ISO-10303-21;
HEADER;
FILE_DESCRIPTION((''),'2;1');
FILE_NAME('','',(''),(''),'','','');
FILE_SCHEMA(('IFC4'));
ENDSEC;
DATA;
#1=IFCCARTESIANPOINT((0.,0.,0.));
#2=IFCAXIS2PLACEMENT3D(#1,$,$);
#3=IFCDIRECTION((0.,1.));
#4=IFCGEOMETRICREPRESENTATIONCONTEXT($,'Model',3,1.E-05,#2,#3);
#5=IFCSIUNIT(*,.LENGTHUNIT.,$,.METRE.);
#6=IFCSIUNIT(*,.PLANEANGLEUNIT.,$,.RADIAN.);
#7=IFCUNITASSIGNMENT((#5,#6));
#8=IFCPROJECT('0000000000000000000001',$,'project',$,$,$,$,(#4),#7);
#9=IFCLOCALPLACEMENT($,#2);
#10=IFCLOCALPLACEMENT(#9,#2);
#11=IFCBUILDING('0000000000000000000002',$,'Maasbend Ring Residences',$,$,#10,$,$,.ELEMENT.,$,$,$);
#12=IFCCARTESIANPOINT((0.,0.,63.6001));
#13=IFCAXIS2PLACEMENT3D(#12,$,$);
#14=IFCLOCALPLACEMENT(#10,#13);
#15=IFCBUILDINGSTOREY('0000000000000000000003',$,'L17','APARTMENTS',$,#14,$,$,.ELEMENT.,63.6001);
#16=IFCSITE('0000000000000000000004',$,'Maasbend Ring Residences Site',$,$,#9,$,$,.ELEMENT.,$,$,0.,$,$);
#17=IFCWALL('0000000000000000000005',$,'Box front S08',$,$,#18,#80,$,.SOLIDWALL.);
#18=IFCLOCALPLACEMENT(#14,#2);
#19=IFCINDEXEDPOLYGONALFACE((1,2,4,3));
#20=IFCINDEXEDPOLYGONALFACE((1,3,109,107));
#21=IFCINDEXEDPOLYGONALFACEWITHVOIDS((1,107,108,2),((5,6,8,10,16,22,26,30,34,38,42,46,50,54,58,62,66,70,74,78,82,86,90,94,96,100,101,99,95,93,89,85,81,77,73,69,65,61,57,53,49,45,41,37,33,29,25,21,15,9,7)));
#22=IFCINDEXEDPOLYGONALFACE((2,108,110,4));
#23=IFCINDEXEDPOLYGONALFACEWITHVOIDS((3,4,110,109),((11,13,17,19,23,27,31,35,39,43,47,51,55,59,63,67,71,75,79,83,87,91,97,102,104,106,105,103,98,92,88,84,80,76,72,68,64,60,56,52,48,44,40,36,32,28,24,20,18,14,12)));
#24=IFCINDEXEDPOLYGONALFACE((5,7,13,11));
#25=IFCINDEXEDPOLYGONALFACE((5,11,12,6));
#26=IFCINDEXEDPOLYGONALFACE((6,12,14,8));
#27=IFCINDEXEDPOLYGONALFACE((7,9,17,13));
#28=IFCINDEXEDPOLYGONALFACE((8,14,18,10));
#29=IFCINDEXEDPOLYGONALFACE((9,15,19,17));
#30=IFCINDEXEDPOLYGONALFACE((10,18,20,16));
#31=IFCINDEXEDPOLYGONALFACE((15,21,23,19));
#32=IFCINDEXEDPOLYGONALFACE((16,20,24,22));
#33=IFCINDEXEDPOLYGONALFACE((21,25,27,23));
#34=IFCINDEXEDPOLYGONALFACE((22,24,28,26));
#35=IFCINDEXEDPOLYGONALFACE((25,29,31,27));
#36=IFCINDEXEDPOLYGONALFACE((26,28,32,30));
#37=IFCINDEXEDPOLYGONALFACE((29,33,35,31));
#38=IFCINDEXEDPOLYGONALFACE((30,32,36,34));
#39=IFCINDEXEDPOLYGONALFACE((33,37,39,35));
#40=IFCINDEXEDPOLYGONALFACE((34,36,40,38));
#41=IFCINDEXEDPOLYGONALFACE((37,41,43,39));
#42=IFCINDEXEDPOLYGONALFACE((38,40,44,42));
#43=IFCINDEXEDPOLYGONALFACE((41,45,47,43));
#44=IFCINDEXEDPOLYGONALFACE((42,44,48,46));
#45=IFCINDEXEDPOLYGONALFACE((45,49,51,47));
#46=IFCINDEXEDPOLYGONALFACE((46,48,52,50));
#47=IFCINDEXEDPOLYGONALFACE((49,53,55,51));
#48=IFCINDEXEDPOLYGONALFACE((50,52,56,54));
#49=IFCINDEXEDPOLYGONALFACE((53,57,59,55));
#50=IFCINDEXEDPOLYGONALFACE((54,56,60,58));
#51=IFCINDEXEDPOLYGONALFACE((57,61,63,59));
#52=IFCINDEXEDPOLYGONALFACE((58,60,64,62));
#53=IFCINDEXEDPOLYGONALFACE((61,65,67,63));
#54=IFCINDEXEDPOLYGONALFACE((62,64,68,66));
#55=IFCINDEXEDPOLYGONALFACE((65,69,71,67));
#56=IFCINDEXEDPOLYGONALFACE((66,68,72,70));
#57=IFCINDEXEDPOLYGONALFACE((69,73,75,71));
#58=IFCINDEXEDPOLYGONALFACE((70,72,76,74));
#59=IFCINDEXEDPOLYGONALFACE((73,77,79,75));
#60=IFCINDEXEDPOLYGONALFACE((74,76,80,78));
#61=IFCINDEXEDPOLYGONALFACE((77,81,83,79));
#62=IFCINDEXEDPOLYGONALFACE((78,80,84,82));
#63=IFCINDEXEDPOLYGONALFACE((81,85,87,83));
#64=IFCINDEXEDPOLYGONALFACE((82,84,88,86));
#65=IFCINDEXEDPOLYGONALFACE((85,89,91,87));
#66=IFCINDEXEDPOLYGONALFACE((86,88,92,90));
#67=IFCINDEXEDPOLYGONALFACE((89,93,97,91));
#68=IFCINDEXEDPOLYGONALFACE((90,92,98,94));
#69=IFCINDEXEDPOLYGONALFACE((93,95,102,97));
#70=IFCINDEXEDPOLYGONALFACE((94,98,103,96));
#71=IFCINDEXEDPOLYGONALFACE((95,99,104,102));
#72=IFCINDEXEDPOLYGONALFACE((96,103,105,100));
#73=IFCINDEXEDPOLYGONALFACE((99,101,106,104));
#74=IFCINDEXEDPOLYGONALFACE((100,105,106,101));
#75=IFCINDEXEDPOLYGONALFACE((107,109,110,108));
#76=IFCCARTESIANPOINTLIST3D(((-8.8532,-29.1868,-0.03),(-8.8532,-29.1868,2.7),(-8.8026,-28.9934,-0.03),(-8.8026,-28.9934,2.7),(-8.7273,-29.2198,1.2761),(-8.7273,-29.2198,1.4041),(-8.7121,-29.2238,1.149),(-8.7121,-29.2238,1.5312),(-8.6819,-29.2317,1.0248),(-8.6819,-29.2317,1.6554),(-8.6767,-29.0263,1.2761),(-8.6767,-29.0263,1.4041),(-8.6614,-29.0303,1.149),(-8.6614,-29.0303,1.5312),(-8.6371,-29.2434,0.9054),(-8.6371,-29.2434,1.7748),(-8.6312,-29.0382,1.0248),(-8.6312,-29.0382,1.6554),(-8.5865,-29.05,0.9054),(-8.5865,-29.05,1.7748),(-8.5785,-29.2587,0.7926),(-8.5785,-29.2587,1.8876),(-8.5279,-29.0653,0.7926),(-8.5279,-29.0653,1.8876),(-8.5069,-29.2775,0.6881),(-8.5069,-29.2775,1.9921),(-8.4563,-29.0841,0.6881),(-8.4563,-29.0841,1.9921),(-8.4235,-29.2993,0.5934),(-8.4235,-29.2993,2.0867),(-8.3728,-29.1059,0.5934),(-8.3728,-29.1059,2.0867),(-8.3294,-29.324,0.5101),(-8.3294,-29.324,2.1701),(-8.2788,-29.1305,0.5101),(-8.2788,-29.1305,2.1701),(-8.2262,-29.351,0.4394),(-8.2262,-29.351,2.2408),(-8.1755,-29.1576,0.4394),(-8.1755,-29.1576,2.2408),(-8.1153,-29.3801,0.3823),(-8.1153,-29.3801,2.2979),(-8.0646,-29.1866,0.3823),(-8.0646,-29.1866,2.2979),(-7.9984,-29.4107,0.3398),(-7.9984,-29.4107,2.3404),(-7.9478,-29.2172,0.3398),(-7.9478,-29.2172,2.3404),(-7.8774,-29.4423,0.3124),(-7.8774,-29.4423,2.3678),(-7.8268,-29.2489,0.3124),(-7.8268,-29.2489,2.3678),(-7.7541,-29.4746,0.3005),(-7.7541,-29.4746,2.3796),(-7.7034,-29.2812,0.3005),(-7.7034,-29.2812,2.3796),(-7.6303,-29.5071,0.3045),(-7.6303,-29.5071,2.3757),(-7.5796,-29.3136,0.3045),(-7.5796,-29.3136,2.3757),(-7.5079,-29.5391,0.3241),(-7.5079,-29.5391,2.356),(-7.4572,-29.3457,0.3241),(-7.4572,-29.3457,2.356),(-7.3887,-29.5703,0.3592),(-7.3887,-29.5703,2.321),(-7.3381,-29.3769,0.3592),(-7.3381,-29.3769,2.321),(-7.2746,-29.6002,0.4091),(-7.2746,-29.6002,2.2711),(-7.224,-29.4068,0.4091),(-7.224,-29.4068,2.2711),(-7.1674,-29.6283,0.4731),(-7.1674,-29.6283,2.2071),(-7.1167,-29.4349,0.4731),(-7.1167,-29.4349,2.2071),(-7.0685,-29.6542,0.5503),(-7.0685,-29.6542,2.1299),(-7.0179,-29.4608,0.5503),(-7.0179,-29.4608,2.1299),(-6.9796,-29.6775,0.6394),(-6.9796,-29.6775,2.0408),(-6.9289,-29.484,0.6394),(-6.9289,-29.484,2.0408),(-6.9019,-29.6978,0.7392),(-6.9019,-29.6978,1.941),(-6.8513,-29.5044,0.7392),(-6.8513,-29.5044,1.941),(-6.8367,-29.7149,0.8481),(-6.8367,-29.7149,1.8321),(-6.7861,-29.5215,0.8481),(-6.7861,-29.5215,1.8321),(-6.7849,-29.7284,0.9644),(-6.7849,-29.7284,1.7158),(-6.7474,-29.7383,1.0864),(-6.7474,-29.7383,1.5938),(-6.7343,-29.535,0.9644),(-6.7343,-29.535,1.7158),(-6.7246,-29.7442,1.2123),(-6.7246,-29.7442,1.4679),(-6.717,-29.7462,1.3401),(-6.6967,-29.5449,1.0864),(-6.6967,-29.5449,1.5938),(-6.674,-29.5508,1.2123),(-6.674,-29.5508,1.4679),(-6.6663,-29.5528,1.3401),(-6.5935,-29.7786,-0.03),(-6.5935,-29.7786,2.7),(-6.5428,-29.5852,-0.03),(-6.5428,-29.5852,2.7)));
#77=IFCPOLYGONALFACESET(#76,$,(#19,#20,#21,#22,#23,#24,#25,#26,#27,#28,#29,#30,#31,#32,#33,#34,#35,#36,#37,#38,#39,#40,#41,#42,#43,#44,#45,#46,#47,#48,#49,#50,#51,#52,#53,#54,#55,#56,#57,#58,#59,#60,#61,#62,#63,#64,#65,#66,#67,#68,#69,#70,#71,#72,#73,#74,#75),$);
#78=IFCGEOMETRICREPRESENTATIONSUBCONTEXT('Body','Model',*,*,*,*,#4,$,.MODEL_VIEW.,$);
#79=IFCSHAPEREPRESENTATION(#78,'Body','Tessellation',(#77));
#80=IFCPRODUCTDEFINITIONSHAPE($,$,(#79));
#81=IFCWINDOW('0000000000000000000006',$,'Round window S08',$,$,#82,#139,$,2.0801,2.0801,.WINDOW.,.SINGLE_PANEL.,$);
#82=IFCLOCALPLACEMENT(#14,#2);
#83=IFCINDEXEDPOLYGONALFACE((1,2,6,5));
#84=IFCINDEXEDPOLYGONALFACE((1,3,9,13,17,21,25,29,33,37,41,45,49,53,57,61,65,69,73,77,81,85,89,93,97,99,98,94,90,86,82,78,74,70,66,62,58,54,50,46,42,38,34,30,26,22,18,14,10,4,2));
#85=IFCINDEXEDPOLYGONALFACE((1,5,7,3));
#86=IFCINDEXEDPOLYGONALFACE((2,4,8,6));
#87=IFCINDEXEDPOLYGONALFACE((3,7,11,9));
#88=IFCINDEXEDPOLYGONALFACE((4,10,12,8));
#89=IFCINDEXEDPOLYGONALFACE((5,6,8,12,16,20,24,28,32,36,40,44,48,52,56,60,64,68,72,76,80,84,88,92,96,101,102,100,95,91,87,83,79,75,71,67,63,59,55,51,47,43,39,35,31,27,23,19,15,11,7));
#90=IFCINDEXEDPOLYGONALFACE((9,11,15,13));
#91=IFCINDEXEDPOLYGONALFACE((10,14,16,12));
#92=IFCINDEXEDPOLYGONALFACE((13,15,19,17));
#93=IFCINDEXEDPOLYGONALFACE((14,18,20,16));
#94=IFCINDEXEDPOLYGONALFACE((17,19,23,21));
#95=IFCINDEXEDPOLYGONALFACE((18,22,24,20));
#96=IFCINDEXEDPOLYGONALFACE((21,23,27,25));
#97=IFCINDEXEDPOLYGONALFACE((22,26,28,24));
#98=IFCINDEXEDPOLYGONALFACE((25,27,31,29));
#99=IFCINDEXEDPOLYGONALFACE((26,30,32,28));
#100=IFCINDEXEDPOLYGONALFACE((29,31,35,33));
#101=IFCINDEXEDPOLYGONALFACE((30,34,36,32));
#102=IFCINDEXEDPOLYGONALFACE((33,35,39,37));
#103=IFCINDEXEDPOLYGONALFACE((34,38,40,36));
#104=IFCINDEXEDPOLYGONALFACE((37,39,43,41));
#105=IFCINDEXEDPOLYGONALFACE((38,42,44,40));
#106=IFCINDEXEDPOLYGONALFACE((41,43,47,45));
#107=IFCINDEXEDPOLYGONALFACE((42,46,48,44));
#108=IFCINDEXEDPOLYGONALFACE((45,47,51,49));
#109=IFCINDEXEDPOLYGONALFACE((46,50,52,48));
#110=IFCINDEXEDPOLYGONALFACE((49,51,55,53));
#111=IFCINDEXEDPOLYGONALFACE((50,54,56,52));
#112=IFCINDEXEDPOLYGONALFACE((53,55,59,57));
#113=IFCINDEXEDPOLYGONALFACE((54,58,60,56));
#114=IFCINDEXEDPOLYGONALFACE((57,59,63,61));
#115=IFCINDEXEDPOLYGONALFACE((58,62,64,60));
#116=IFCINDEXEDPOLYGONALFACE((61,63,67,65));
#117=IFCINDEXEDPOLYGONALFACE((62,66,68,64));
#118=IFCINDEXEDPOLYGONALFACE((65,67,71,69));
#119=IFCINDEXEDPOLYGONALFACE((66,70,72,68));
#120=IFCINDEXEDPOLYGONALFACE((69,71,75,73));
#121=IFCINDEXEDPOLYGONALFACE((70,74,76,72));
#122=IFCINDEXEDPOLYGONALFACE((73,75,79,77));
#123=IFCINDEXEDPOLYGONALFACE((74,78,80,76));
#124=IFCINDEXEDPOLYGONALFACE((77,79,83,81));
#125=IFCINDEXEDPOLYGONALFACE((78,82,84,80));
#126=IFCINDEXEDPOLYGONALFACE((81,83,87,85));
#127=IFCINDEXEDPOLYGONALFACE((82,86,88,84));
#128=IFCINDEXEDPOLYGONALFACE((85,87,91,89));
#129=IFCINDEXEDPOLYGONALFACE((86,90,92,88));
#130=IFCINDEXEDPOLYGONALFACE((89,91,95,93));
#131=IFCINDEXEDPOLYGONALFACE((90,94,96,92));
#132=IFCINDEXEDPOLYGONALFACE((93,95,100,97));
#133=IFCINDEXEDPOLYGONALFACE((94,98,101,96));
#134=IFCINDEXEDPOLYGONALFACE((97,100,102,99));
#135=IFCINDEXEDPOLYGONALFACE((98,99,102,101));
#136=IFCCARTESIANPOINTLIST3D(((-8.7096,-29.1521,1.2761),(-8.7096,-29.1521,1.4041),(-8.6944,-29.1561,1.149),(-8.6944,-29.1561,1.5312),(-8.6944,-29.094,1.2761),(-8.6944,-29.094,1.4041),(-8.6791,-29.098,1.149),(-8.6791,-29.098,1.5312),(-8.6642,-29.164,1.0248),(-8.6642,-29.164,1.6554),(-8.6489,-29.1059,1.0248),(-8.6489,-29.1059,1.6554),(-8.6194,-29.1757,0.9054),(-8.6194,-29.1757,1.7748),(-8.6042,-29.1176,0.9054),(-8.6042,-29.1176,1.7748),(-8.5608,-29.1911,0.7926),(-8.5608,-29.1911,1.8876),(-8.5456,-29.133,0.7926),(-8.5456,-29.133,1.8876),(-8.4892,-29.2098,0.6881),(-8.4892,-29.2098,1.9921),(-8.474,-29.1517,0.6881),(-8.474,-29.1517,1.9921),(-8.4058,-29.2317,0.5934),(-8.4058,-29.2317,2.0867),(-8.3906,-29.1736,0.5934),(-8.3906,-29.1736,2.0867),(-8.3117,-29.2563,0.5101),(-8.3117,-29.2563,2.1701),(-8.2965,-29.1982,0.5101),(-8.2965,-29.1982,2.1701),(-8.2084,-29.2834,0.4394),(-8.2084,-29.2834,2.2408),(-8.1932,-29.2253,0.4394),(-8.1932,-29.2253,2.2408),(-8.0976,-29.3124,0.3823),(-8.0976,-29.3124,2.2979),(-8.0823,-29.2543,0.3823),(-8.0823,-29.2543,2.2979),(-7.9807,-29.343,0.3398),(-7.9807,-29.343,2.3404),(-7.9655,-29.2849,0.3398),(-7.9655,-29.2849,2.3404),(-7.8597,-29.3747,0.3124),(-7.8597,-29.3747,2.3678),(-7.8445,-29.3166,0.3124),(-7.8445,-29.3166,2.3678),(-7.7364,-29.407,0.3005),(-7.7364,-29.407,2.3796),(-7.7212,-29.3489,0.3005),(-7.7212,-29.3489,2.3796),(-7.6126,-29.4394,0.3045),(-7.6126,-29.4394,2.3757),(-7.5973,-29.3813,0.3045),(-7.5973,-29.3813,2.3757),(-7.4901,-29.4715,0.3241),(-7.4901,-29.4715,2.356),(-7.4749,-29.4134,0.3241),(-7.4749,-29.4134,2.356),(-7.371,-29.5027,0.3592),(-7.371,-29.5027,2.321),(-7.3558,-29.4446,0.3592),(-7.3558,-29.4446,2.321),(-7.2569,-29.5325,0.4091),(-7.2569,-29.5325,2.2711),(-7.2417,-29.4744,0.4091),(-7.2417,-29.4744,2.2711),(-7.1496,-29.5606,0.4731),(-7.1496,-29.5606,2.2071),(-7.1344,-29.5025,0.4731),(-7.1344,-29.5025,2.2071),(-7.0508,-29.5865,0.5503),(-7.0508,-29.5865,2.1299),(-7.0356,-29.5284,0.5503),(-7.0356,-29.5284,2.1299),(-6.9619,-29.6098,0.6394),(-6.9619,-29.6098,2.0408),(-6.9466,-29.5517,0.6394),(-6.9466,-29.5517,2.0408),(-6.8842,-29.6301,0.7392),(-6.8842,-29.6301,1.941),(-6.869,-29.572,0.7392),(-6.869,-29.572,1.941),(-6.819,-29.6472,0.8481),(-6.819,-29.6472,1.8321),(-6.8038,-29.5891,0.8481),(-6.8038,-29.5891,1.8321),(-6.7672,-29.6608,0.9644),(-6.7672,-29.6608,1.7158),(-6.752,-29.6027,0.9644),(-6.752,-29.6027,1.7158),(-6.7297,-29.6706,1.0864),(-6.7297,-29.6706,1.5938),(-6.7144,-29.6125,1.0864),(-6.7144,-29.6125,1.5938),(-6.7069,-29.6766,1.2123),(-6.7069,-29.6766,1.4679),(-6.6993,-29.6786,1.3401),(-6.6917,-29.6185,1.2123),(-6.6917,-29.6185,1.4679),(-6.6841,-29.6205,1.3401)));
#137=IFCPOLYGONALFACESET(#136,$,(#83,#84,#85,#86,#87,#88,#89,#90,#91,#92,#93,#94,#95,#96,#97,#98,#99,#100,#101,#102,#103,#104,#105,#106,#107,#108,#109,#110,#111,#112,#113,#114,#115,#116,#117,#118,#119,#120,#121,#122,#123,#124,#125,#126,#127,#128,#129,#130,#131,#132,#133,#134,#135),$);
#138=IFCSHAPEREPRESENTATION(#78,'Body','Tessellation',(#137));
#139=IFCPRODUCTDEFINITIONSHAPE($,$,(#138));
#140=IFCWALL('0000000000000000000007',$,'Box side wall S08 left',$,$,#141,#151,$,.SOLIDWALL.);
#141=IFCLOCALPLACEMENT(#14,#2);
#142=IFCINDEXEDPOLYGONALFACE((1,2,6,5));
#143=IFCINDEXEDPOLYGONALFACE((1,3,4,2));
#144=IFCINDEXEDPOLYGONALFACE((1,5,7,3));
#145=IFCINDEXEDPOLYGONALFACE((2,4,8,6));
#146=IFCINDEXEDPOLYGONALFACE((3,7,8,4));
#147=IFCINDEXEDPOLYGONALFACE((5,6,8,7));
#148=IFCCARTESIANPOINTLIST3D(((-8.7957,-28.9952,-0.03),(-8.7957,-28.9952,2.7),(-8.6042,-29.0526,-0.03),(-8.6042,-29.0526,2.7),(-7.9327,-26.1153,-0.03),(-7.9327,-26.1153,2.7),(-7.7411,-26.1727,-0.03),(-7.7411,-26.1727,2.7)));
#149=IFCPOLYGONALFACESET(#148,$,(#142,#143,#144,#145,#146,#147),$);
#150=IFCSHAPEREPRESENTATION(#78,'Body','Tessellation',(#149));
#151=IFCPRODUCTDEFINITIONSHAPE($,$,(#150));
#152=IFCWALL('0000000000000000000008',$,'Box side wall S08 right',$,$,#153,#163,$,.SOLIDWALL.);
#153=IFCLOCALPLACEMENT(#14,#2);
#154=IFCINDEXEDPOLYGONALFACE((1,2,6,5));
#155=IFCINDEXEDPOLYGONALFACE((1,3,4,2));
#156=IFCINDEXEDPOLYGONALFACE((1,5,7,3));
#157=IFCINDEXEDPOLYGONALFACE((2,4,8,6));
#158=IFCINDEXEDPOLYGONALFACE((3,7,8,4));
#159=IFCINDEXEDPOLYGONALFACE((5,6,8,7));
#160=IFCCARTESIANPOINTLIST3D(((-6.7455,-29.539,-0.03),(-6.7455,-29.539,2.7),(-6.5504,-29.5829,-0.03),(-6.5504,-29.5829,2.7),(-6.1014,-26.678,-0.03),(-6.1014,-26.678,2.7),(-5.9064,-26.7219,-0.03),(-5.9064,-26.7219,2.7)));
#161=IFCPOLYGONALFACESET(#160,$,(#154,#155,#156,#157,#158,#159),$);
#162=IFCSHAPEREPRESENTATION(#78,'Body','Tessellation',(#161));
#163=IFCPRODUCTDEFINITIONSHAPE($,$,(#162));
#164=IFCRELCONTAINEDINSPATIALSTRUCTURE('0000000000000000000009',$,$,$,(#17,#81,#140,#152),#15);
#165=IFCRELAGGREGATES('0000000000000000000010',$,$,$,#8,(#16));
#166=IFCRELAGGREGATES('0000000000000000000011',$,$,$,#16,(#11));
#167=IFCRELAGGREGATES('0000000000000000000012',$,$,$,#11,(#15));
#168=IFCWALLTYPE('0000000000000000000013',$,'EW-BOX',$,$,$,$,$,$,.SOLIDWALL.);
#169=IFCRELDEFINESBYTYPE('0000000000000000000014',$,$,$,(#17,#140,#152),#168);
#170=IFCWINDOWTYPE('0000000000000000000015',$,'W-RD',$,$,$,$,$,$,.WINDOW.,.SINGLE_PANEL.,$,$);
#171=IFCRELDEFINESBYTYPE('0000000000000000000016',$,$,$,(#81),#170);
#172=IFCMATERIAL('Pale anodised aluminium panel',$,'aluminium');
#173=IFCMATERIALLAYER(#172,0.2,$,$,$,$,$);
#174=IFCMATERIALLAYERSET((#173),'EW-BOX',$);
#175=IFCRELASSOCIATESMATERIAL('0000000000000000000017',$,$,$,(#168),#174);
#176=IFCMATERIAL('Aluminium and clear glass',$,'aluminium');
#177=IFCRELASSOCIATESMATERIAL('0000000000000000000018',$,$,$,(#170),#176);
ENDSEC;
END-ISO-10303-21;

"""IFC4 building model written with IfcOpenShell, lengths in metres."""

from ifc_helpers import new_model, si_unit, direction, frame, frame_2d, origin, place, context, subcontext, project, spatial, rectangle, circle, extrude, material, layer, layer_set, type_object, element, fill, save


model = new_model("IFC4")

# Units and contexts
model_context = context("Model", 3, precision=1e-05, world=origin(), true_north=direction((0.0, 1.0)))
body_context = subcontext(model_context, "Body", "Model", "MODEL_VIEW")
ifc_project = project(units=[si_unit("LENGTHUNIT", "METRE"), si_unit("PLANEANGLEUNIT", "RADIAN")], contexts=[model_context])

# Site, building, storey
site_placement = place(None, origin())
site = spatial("IfcSite", under=ifc_project, at=site_placement, Name="Maasbend Ring Residences Site", CompositionType="ELEMENT", RefElevation=0.0)
building_placement = place(site_placement, origin())
building = spatial("IfcBuilding", under=site, at=building_placement, Name="Maasbend Ring Residences", CompositionType="ELEMENT")
storey_placement = place(building_placement, frame((0.0, 0.0, 63.6001)))
storey = spatial("IfcBuildingStorey", under=building, at=storey_placement, Name="L17", Description="APARTMENTS", CompositionType="ELEMENT", Elevation=63.6001)

# Wall, opening, window
ifc_material_1 = material(Name="Pale anodised aluminium panel", Category="aluminium")
ifc_layer_1 = layer(ifc_material_1, 0.2)
ifc_layer_set_1 = layer_set([ifc_layer_1], Name="EW-BOX")
wall_type_1 = type_object("IfcWallType", Name="EW-BOX", PredefinedType="SOLIDWALL", material=ifc_layer_set_1)
wall_1_placement = place(storey_placement, frame((-8.8279, -29.0901, -0.03), z_axis=(0.0, 0.0, 1.0), x_axis=(0.967377, -0.253341, 0.0)))
wall_1 = element("IfcWall", 1, at=wall_1_placement, inside=storey, type_object=wall_type_1, Name="Box front S08", PredefinedType="SOLIDWALL", context=body_context, shape_type="SweptSolid", body=[
    extrude(rectangle(XDim=2.3359, YDim=0.2, at=frame_2d((1.168, 0.0))), origin(), (0.0, 0.0, 1.0), 2.73),
])
opening_1_placement = place(wall_1_placement, frame((0.1282, 0.0, 0.3301)))
opening_1 = element("IfcOpeningElement", 2, at=opening_1_placement, cuts=wall_1, PredefinedType="OPENING", context=body_context, shape_type="SweptSolid", body=[
    extrude(circle(Radius=1.04, at=frame_2d((1.04, 1.04))), frame((0.0, 0.1099, 0.0), z_axis=(0.0, -1.0, 0.0), x_axis=(1.0, 0.0, 0.0)), (0.0, 0.0, 1.0), 0.22),
])
ifc_material_2 = material(Name="Aluminium and clear glass", Category="aluminium")
window_type_1 = type_object("IfcWindowType", Name="W-RD", PartitioningType="SINGLE_PANEL", PredefinedType="WINDOW", material=ifc_material_2)
window_1_placement = place(opening_1_placement, origin())
window_1 = element("IfcWindow", 3, at=window_1_placement, inside=storey, type_object=window_type_1, Name="Round window S08", OverallHeight=2.0801, OverallWidth=2.0801, PartitioningType="SINGLE_PANEL", PredefinedType="WINDOW", context=body_context, shape_type="SweptSolid", body=[
    extrude(circle(Radius=1.04, at=frame_2d((1.04, 1.04))), frame((0.0, 0.03, 0.0), z_axis=(0.0, -1.0, 0.0), x_axis=(1.0, 0.0, 0.0)), (0.0, 0.0, 1.0), 0.0601),
])
fill(opening_1, window_1)

# Walls
wall_2_placement = place(storey_placement, frame((-7.8369, -26.144, -0.03), z_axis=(0.0, 0.0, 1.0), x_axis=(-0.287065, -0.957911, 0.0)))
element("IfcWall", 4, at=wall_2_placement, inside=storey, type_object=wall_type_1, Name="Box side wall S08 left", PredefinedType="SOLIDWALL", context=body_context, shape_type="SweptSolid", body=[
    extrude(rectangle(XDim=3.0063, YDim=0.2, at=frame_2d((1.5032, 0.0))), origin(), (0.0, 0.0, 1.0), 2.73),
])
wall_3_placement = place(storey_placement, frame((-6.0039, -26.7, -0.03), z_axis=(0.0, 0.0, 1.0), x_axis=(-0.219609, -0.975588, 0.0)))
element("IfcWall", 5, at=wall_3_placement, inside=storey, type_object=wall_type_1, Name="Box side wall S08 right", PredefinedType="SOLIDWALL", context=body_context, shape_type="SweptSolid", body=[
    extrude(rectangle(XDim=2.9326, YDim=0.2, at=frame_2d((1.4663, 0.0))), origin(), (0.0, 0.0, 1.0), 2.73),
])

save(model, "model.ifc")
